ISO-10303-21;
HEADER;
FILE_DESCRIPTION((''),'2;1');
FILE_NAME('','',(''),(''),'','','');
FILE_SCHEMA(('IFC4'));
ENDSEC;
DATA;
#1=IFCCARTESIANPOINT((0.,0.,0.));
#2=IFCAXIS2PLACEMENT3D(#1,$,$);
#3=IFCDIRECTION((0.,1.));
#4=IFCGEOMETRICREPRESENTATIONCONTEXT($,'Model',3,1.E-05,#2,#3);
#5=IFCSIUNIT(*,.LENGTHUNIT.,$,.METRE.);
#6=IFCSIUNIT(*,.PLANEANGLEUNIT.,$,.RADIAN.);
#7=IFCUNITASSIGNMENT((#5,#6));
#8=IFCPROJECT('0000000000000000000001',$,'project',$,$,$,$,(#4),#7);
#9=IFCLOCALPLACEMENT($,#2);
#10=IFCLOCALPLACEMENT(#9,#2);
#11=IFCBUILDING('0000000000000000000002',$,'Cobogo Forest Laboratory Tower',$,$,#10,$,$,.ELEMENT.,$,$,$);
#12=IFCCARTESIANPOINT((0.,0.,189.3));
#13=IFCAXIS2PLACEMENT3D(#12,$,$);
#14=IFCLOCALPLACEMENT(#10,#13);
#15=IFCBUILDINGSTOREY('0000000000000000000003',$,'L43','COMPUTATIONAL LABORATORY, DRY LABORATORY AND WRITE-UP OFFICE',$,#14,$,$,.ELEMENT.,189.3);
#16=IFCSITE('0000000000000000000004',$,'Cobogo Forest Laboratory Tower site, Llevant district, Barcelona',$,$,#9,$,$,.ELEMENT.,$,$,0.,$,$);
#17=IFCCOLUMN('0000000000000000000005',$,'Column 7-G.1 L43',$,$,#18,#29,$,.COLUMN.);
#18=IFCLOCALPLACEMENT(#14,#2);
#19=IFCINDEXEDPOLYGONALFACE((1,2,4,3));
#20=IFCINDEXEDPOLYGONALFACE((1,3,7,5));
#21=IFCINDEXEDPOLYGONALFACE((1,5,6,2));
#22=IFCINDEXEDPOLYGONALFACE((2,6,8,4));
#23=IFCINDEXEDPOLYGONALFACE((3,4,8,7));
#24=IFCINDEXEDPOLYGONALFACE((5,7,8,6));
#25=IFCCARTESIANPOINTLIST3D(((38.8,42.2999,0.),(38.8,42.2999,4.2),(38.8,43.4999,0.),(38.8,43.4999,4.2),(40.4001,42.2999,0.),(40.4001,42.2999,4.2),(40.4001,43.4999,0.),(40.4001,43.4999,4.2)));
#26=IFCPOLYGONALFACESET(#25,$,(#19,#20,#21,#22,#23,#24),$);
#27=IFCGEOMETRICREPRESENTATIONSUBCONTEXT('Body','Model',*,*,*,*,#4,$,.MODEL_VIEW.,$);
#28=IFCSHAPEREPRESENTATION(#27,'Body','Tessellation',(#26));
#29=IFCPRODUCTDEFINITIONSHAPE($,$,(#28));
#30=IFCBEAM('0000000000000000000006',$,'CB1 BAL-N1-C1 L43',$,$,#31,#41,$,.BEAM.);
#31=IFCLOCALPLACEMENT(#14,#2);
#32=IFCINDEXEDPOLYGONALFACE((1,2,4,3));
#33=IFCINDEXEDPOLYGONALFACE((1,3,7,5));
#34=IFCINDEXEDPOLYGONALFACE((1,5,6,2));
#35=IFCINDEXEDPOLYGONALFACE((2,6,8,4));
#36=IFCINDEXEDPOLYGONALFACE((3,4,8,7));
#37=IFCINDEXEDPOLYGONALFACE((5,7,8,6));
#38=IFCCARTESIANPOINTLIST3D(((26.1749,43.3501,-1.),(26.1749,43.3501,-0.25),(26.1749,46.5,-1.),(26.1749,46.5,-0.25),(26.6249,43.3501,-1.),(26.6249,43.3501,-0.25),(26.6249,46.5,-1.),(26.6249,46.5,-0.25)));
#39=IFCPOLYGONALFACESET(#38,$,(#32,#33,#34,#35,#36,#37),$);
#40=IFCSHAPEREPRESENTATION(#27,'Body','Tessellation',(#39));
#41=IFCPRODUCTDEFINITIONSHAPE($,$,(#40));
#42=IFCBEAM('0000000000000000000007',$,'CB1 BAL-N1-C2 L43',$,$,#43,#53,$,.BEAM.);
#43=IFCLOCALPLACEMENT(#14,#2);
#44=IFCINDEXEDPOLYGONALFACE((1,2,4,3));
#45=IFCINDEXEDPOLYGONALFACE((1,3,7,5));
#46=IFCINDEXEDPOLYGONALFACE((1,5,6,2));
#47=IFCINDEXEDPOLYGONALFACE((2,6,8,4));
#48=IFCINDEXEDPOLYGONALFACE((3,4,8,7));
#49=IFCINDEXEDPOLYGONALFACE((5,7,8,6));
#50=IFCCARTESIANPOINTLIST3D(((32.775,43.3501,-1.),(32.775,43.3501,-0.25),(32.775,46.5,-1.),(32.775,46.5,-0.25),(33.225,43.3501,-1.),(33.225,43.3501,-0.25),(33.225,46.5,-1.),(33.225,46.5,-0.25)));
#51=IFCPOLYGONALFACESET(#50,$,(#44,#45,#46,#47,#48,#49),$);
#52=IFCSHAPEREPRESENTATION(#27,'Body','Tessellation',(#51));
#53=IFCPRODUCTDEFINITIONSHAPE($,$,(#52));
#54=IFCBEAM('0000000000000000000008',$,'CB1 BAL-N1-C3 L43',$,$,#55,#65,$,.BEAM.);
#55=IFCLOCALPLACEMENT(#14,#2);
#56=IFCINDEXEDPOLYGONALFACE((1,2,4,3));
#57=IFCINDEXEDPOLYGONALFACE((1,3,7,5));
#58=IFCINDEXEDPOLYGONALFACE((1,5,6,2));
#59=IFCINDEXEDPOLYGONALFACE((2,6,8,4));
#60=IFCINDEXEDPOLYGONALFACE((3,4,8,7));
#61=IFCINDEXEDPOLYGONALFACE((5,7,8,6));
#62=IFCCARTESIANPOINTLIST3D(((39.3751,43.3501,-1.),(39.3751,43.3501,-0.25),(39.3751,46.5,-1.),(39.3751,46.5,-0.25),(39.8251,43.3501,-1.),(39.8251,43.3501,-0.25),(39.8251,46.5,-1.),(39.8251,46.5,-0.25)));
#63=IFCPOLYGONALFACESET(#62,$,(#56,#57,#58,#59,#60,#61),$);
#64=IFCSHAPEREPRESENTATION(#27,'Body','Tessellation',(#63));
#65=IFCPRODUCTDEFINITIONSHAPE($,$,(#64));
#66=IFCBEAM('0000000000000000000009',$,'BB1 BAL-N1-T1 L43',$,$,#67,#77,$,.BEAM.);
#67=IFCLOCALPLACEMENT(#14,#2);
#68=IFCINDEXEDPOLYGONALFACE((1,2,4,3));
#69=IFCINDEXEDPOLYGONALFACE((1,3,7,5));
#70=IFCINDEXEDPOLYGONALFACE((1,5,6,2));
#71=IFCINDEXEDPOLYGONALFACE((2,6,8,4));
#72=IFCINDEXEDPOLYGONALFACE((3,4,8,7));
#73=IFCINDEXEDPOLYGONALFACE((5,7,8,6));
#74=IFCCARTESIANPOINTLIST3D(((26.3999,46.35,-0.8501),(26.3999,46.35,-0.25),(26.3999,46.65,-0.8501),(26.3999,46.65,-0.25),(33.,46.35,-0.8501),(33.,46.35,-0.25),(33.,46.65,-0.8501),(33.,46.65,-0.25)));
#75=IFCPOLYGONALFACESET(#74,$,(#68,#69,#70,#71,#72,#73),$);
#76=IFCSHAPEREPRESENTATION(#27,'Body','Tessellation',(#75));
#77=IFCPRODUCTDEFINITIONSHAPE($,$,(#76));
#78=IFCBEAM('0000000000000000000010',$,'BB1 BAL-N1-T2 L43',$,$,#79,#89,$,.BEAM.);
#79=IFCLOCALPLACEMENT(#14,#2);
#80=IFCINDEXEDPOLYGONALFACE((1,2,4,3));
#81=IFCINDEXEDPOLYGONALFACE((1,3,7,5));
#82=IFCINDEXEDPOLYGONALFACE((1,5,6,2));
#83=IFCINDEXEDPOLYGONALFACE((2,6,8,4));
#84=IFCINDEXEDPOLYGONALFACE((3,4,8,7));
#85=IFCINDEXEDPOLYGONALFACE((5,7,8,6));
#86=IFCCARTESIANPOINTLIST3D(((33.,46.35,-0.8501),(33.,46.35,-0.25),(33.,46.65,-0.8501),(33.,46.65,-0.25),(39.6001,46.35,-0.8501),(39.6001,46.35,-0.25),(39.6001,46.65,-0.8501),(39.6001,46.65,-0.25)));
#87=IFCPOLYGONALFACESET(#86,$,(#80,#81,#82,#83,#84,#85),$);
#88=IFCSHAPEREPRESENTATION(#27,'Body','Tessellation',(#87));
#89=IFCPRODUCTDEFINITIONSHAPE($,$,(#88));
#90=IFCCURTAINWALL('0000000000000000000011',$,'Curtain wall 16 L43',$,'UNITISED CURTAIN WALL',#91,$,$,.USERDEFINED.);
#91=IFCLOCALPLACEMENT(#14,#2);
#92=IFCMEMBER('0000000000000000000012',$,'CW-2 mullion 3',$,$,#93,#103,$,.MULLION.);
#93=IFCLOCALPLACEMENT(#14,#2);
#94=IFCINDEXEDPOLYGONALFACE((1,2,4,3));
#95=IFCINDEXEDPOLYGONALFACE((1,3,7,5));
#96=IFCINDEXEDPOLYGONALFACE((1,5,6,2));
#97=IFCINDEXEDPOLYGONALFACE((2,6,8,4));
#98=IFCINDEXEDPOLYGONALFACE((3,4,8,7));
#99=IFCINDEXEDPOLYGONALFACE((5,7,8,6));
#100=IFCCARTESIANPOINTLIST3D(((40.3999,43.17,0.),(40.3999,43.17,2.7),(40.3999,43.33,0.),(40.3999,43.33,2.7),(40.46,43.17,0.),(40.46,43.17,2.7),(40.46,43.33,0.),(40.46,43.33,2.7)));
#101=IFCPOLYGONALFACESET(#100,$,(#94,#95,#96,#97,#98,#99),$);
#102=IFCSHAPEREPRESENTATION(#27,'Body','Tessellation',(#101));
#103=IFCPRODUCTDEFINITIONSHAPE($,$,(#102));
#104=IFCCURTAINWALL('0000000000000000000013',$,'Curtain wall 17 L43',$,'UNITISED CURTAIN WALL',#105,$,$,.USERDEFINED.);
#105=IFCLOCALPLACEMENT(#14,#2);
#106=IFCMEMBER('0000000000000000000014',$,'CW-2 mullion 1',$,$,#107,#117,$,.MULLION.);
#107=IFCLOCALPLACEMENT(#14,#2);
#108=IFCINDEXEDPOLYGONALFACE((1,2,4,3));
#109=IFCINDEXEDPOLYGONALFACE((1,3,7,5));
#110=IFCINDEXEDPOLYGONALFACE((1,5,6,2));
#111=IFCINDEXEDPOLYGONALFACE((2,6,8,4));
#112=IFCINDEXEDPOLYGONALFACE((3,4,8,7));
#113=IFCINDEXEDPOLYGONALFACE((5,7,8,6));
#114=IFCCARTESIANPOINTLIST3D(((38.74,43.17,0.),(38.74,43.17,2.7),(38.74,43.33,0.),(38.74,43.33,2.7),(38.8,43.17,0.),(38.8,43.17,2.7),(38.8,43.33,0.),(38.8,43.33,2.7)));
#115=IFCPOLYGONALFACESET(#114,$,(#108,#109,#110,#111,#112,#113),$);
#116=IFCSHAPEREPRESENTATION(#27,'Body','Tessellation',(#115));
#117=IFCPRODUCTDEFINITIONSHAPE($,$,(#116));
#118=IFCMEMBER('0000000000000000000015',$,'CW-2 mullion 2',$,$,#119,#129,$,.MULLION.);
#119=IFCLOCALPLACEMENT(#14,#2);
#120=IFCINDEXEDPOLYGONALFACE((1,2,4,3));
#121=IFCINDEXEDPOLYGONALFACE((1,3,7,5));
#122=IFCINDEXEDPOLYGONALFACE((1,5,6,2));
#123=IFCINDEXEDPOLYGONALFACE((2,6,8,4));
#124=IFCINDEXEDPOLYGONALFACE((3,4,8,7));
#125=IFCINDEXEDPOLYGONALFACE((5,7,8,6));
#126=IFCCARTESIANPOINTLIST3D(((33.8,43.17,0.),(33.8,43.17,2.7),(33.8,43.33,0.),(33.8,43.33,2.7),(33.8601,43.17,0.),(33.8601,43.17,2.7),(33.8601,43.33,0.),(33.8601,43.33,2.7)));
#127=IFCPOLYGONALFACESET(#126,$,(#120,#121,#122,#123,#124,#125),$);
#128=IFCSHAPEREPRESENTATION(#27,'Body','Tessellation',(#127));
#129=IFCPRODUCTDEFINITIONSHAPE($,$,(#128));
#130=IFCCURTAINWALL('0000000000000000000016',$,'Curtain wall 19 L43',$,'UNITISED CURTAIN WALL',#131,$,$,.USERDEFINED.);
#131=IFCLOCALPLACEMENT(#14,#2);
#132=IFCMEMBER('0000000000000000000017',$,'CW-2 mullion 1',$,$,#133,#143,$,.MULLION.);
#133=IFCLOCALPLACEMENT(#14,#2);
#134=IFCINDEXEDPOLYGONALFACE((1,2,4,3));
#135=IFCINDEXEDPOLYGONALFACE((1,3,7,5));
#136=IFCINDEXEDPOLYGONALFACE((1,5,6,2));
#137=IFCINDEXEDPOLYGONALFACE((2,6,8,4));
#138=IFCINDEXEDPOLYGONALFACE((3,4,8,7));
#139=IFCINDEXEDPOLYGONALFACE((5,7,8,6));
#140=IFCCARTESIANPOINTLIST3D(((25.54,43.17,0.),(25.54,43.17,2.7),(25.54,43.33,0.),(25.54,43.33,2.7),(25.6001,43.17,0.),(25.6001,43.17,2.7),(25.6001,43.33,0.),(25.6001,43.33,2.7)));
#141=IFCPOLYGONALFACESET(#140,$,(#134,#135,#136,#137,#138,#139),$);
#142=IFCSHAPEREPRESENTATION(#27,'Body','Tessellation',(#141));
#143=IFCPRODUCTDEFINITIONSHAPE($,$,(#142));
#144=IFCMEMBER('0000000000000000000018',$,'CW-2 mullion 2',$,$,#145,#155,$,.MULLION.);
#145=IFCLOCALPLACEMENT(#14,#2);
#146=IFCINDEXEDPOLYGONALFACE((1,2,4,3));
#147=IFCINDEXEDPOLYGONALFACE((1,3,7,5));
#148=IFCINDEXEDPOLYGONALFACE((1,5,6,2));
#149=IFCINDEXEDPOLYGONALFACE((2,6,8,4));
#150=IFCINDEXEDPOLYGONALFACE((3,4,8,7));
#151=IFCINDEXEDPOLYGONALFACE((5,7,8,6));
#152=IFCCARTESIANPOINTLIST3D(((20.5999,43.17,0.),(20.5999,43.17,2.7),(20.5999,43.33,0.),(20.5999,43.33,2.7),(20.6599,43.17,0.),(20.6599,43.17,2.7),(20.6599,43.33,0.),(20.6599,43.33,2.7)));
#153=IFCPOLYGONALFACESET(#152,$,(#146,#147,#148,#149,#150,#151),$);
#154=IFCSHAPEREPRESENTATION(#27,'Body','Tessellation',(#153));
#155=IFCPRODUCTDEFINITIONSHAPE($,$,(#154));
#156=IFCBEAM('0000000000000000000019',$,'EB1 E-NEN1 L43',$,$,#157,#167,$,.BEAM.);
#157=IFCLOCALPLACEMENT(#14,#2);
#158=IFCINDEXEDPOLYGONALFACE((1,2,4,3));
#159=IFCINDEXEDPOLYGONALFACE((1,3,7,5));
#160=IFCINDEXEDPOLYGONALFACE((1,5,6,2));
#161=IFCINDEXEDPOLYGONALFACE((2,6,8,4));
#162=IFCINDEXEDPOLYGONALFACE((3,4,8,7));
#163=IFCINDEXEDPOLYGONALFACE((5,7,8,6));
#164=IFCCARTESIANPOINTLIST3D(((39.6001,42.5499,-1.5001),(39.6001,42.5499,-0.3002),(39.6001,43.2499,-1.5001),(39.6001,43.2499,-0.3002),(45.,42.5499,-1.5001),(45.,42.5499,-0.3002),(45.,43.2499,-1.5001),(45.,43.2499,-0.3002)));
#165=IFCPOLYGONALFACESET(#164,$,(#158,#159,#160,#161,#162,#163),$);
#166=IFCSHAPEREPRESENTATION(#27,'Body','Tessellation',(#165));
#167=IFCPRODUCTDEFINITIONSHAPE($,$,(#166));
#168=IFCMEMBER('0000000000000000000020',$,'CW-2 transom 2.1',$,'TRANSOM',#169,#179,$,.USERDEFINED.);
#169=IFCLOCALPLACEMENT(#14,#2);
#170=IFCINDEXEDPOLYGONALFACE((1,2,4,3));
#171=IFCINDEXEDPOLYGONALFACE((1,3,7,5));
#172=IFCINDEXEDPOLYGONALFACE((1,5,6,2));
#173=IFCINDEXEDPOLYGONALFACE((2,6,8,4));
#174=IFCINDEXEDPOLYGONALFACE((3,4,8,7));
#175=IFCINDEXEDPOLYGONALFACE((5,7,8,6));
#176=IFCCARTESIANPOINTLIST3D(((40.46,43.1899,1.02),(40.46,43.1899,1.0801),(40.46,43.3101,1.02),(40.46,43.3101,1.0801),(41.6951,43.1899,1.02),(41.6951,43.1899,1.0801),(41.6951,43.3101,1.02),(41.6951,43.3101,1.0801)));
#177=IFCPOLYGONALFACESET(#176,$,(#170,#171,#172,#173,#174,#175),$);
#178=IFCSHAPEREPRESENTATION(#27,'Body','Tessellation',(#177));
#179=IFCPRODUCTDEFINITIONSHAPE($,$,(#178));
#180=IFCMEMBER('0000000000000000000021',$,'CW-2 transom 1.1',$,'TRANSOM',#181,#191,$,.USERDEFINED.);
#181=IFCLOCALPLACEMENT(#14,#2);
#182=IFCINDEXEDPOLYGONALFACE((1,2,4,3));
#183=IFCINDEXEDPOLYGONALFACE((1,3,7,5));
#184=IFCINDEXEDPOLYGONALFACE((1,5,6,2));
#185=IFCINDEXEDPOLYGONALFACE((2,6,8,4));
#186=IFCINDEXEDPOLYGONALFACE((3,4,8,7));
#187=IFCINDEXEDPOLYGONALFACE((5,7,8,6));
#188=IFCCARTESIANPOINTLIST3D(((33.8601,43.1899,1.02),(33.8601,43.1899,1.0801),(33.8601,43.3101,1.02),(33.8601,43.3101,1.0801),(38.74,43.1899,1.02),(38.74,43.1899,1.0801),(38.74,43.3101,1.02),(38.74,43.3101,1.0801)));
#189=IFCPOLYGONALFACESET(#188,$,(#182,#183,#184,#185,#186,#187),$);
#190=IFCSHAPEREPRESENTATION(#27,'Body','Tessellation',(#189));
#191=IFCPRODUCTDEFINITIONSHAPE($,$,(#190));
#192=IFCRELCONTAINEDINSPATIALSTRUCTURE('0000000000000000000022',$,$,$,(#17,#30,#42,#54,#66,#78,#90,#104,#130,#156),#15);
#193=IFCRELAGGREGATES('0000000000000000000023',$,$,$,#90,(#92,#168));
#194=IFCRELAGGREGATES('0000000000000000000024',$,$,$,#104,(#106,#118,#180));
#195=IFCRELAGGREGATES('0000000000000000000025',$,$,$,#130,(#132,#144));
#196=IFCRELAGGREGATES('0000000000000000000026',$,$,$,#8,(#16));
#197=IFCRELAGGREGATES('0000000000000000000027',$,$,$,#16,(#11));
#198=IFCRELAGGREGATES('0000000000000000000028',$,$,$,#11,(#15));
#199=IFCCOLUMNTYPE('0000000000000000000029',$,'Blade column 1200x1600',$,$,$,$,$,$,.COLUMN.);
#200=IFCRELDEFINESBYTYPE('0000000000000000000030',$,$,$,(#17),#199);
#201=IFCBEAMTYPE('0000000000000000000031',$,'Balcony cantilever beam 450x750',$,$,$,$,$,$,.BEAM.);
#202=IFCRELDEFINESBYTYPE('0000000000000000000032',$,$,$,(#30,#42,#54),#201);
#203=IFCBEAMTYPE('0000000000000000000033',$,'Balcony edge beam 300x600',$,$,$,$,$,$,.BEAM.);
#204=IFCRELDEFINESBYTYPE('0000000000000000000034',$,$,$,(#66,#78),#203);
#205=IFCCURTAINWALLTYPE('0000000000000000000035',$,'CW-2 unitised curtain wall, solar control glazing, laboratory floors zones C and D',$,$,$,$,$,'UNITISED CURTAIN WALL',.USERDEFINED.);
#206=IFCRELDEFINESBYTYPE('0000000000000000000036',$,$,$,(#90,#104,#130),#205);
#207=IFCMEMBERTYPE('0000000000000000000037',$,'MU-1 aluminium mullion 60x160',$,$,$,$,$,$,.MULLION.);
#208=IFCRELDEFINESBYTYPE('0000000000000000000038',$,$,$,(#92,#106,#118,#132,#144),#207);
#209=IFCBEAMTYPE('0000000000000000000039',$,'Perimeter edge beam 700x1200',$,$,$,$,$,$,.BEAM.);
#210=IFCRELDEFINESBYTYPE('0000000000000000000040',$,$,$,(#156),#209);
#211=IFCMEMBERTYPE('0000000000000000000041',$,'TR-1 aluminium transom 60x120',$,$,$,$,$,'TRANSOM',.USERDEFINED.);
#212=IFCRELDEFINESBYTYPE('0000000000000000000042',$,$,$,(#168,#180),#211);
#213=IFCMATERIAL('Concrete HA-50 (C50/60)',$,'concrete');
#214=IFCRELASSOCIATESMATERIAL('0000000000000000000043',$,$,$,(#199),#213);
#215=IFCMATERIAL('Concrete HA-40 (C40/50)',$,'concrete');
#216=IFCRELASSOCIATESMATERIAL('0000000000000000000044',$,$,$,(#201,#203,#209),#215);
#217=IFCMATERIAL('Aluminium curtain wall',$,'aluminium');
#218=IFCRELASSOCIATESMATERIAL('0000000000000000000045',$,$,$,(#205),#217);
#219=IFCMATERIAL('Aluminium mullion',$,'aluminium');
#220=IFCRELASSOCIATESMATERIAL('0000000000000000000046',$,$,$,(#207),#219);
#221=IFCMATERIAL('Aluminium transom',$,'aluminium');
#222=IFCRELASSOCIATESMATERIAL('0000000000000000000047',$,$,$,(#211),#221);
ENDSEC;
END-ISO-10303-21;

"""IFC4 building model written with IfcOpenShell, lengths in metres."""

from ifc_helpers import new_model, si_unit, direction, frame, origin, origin_2d, place, context, subcontext, project, spatial, rectangle, extrude, material, material_profile, profile_set, type_object, element, aggregate, save


model = new_model("IFC4")

# Units and contexts
model_context = context("Model", 3, precision=1e-05, world=origin(), true_north=direction((0.0, 1.0)))
body_context = subcontext(model_context, "Body", "Model", "MODEL_VIEW")
ifc_project = project(units=[si_unit("LENGTHUNIT", "METRE"), si_unit("PLANEANGLEUNIT", "RADIAN")], contexts=[model_context])

# Site, building, storey
site_placement = place(None, origin())
site = spatial("IfcSite", under=ifc_project, at=site_placement, Name="Cobogo Forest Laboratory Tower site, Llevant district, Barcelona", CompositionType="ELEMENT", RefElevation=0.0)
building_placement = place(site_placement, origin())
building = spatial("IfcBuilding", under=site, at=building_placement, Name="Cobogo Forest Laboratory Tower", CompositionType="ELEMENT")
storey_placement = place(building_placement, frame((0.0, 0.0, 189.3)))
storey = spatial("IfcBuildingStorey", under=building, at=storey_placement, Name="L43", Description="COMPUTATIONAL LABORATORY, DRY LABORATORY AND WRITE-UP OFFICE", CompositionType="ELEMENT", Elevation=189.3)

# Column
ifc_material_1 = material(Name="Concrete HA-50 (C50/60)", Category="concrete")
ifc_material_profile_1 = material_profile(ifc_material_1, rectangle(XDim=1.6001, YDim=1.2, at=origin_2d()), Name="RC 1200x1600")
ifc_profile_set_1 = profile_set([ifc_material_profile_1], Name="Concrete HA-50 (C50/60)")
column_type = type_object("IfcColumnType", Name="Blade column 1200x1600", PredefinedType="COLUMN", material=ifc_profile_set_1)
column_placement = place(storey_placement, frame((39.6001, 42.8999, 0.0), z_axis=(0.0, 0.0, 1.0), x_axis=(1.0, 0.0, 0.0)))
element("IfcColumn", 1, at=column_placement, inside=storey, type_object=column_type, Name="Column 7-G.1 L43", PredefinedType="COLUMN", context=body_context, shape_type="SweptSolid", body=[
    extrude(rectangle(XDim=1.6001, YDim=1.2, at=origin_2d()), origin(), (0.0, 0.0, 1.0), 4.2),
])

# Beams
ifc_material_2 = material(Name="Concrete HA-40 (C40/50)", Category="concrete")
ifc_material_profile_2 = material_profile(ifc_material_2, rectangle(XDim=0.45, YDim=0.75, at=origin_2d()), Name="RC 450x750")
ifc_profile_set_2 = profile_set([ifc_material_profile_2], Name="Concrete HA-40 (C40/50)")
beam_type_1 = type_object("IfcBeamType", Name="Balcony cantilever beam 450x750", PredefinedType="BEAM", material=ifc_profile_set_2)
for number, where, z_axis, x_axis, name in (
    (2, (26.3999, 43.3501, -0.625), (0.0, 1.0, 0.0), (-1.0, 0.0, 0.0), "CB1 BAL-N1-C1 L43"),
    (3, (33.0, 43.3501, -0.625), (0.0, 1.0, 0.0), (-1.0, 0.0, 0.0), "CB1 BAL-N1-C2 L43"),
    (4, (39.6001, 43.3501, -0.625), (0.0, 1.0, 0.0), (-1.0, 0.0, 0.0), "CB1 BAL-N1-C3 L43"),
):
    element("IfcBeam", number, at=place(storey_placement, frame(where, z_axis=z_axis, x_axis=x_axis)), inside=storey, type_object=beam_type_1, Name=name, PredefinedType="BEAM", context=body_context, shape_type="SweptSolid", body=[
        extrude(rectangle(XDim=0.45, YDim=0.75, at=origin_2d()), origin(), (0.0, 0.0, 1.0), 3.1499),
    ])
ifc_material_profile_3 = material_profile(ifc_material_2, rectangle(XDim=0.3, YDim=0.6001, at=origin_2d()), Name="RC 300x600")
ifc_profile_set_3 = profile_set([ifc_material_profile_3], Name="Concrete HA-40 (C40/50)")
beam_type_2 = type_object("IfcBeamType", Name="Balcony edge beam 300x600", PredefinedType="BEAM", material=ifc_profile_set_3)
for number, where, z_axis, x_axis, name in (
    (5, (26.3999, 46.5, -0.55), (1.0, 0.0, 0.0), (0.0, 1.0, 0.0), "BB1 BAL-N1-T1 L43"),
    (6, (33.0, 46.5, -0.55), (1.0, 0.0, 0.0), (0.0, 1.0, 0.0), "BB1 BAL-N1-T2 L43"),
):
    element("IfcBeam", number, at=place(storey_placement, frame(where, z_axis=z_axis, x_axis=x_axis)), inside=storey, type_object=beam_type_2, Name=name, PredefinedType="BEAM", context=body_context, shape_type="SweptSolid", body=[
        extrude(rectangle(XDim=0.3, YDim=0.6001, at=origin_2d()), origin(), (0.0, 0.0, 1.0), 6.6001),
    ])

# Curtain wall, member
ifc_material_3 = material(Name="Aluminium curtain wall", Category="aluminium")
curtain_wall_type = type_object("IfcCurtainWallType", Name="CW-2 unitised curtain wall, solar control glazing, laboratory floors zones C and D", ElementType="UNITISED CURTAIN WALL", PredefinedType="USERDEFINED", material=ifc_material_3)
curtain_wall_1_placement = place(storey_placement, origin())
curtain_wall_1 = element("IfcCurtainWall", 7, at=curtain_wall_1_placement, inside=storey, type_object=curtain_wall_type, Name="Curtain wall 16 L43", ObjectType="UNITISED CURTAIN WALL", PredefinedType="USERDEFINED")
ifc_material_4 = material(Name="Aluminium mullion", Category="aluminium")
ifc_material_profile_4 = material_profile(ifc_material_4, rectangle(XDim=0.0601, YDim=0.1599, at=origin_2d()), Name="AL 60x160")
ifc_profile_set_4 = profile_set([ifc_material_profile_4], Name="Aluminium mullion")
member_type_1 = type_object("IfcMemberType", Name="MU-1 aluminium mullion 60x160", PredefinedType="MULLION", material=ifc_profile_set_4)
member_1_placement = place(storey_placement, frame((40.4299, 43.25, 0.0), z_axis=(0.0, 0.0, 1.0), x_axis=(-1.0, 0.0, 0.0)))
member_1 = element("IfcMember", 8, at=member_1_placement, type_object=member_type_1, Name="CW-2 mullion 3", PredefinedType="MULLION", context=body_context, shape_type="SweptSolid", body=[
    extrude(rectangle(XDim=0.0601, YDim=0.1599, at=origin_2d()), origin(), (0.0, 0.0, 1.0), 2.7),
])

# Curtain walls, members
curtain_wall_2_placement = place(storey_placement, origin())
curtain_wall_2 = element("IfcCurtainWall", 9, at=curtain_wall_2_placement, inside=storey, type_object=curtain_wall_type, Name="Curtain wall 17 L43", ObjectType="UNITISED CURTAIN WALL", PredefinedType="USERDEFINED")
member_2_placement = place(storey_placement, frame((38.77, 43.25, 0.0), z_axis=(0.0, 0.0, 1.0), x_axis=(-1.0, 0.0, 0.0)))
member_2 = element("IfcMember", 10, at=member_2_placement, type_object=member_type_1, Name="CW-2 mullion 1", PredefinedType="MULLION", context=body_context, shape_type="SweptSolid", body=[
    extrude(rectangle(XDim=0.0601, YDim=0.1599, at=origin_2d()), origin(), (0.0, 0.0, 1.0), 2.7),
])
member_3_placement = place(storey_placement, frame((33.8301, 43.25, 0.0), z_axis=(0.0, 0.0, 1.0), x_axis=(-1.0, 0.0, 0.0)))
member_3 = element("IfcMember", 11, at=member_3_placement, type_object=member_type_1, Name="CW-2 mullion 2", PredefinedType="MULLION", context=body_context, shape_type="SweptSolid", body=[
    extrude(rectangle(XDim=0.0601, YDim=0.1599, at=origin_2d()), origin(), (0.0, 0.0, 1.0), 2.7),
])
curtain_wall_3_placement = place(storey_placement, origin())
curtain_wall_3 = element("IfcCurtainWall", 12, at=curtain_wall_3_placement, inside=storey, type_object=curtain_wall_type, Name="Curtain wall 19 L43", ObjectType="UNITISED CURTAIN WALL", PredefinedType="USERDEFINED")
member_4_placement = place(storey_placement, frame((25.5701, 43.25, 0.0), z_axis=(0.0, 0.0, 1.0), x_axis=(-1.0, 0.0, 0.0)))
member_4 = element("IfcMember", 13, at=member_4_placement, type_object=member_type_1, Name="CW-2 mullion 1", PredefinedType="MULLION", context=body_context, shape_type="SweptSolid", body=[
    extrude(rectangle(XDim=0.0601, YDim=0.1599, at=origin_2d()), origin(), (0.0, 0.0, 1.0), 2.7),
])
member_5_placement = place(storey_placement, frame((20.6299, 43.25, 0.0), z_axis=(0.0, 0.0, 1.0), x_axis=(-1.0, 0.0, 0.0)))
member_5 = element("IfcMember", 14, at=member_5_placement, type_object=member_type_1, Name="CW-2 mullion 2", PredefinedType="MULLION", context=body_context, shape_type="SweptSolid", body=[
    extrude(rectangle(XDim=0.0601, YDim=0.1599, at=origin_2d()), origin(), (0.0, 0.0, 1.0), 2.7),
])

# Beam
ifc_material_profile_5 = material_profile(ifc_material_2, rectangle(XDim=0.7, YDim=1.2, at=origin_2d()), Name="RC 700x1200")
ifc_profile_set_5 = profile_set([ifc_material_profile_5], Name="Concrete HA-40 (C40/50)")
beam_type_3 = type_object("IfcBeamType", Name="Perimeter edge beam 700x1200", PredefinedType="BEAM", material=ifc_profile_set_5)
beam_placement = place(storey_placement, frame((39.6001, 42.8999, -0.9001), z_axis=(1.0, 0.0, 0.0), x_axis=(0.0, 1.0, 0.0)))
element("IfcBeam", 15, at=beam_placement, inside=storey, type_object=beam_type_3, Name="EB1 E-NEN1 L43", PredefinedType="BEAM", context=body_context, shape_type="SweptSolid", body=[
    extrude(rectangle(XDim=0.7, YDim=1.2, at=origin_2d()), origin(), (0.0, 0.0, 1.0), 5.3999),
])

# Members
ifc_material_5 = material(Name="Aluminium transom", Category="aluminium")
ifc_material_profile_6 = material_profile(ifc_material_5, rectangle(XDim=0.1201, YDim=0.0601, at=origin_2d()), Name="AL 60x120")
ifc_profile_set_6 = profile_set([ifc_material_profile_6], Name="Aluminium transom")
member_type_2 = type_object("IfcMemberType", Name="TR-1 aluminium transom 60x120", ElementType="TRANSOM", PredefinedType="USERDEFINED", material=ifc_profile_set_6)
member_6_placement = place(storey_placement, frame((41.6951, 43.25, 1.05), z_axis=(-1.0, 0.0, 0.0), x_axis=(0.0, -1.0, 0.0)))
member_6 = element("IfcMember", 16, at=member_6_placement, type_object=member_type_2, Name="CW-2 transom 2.1", ObjectType="TRANSOM", PredefinedType="USERDEFINED", context=body_context, shape_type="SweptSolid", body=[
    extrude(rectangle(XDim=0.1201, YDim=0.0601, at=origin_2d()), origin(), (0.0, 0.0, 1.0), 1.2351),
])
member_7_placement = place(storey_placement, frame((38.74, 43.25, 1.05), z_axis=(-1.0, 0.0, 0.0), x_axis=(0.0, -1.0, 0.0)))
member_7 = element("IfcMember", 17, at=member_7_placement, type_object=member_type_2, Name="CW-2 transom 1.1", ObjectType="TRANSOM", PredefinedType="USERDEFINED", context=body_context, shape_type="SweptSolid", body=[
    extrude(rectangle(XDim=0.1201, YDim=0.0601, at=origin_2d()), origin(), (0.0, 0.0, 1.0), 4.8799),
])

aggregate(curtain_wall_1, [member_1, member_6])
aggregate(curtain_wall_2, [member_2, member_3, member_7])
aggregate(curtain_wall_3, [member_4, member_5])

save(model, "model.ifc")
